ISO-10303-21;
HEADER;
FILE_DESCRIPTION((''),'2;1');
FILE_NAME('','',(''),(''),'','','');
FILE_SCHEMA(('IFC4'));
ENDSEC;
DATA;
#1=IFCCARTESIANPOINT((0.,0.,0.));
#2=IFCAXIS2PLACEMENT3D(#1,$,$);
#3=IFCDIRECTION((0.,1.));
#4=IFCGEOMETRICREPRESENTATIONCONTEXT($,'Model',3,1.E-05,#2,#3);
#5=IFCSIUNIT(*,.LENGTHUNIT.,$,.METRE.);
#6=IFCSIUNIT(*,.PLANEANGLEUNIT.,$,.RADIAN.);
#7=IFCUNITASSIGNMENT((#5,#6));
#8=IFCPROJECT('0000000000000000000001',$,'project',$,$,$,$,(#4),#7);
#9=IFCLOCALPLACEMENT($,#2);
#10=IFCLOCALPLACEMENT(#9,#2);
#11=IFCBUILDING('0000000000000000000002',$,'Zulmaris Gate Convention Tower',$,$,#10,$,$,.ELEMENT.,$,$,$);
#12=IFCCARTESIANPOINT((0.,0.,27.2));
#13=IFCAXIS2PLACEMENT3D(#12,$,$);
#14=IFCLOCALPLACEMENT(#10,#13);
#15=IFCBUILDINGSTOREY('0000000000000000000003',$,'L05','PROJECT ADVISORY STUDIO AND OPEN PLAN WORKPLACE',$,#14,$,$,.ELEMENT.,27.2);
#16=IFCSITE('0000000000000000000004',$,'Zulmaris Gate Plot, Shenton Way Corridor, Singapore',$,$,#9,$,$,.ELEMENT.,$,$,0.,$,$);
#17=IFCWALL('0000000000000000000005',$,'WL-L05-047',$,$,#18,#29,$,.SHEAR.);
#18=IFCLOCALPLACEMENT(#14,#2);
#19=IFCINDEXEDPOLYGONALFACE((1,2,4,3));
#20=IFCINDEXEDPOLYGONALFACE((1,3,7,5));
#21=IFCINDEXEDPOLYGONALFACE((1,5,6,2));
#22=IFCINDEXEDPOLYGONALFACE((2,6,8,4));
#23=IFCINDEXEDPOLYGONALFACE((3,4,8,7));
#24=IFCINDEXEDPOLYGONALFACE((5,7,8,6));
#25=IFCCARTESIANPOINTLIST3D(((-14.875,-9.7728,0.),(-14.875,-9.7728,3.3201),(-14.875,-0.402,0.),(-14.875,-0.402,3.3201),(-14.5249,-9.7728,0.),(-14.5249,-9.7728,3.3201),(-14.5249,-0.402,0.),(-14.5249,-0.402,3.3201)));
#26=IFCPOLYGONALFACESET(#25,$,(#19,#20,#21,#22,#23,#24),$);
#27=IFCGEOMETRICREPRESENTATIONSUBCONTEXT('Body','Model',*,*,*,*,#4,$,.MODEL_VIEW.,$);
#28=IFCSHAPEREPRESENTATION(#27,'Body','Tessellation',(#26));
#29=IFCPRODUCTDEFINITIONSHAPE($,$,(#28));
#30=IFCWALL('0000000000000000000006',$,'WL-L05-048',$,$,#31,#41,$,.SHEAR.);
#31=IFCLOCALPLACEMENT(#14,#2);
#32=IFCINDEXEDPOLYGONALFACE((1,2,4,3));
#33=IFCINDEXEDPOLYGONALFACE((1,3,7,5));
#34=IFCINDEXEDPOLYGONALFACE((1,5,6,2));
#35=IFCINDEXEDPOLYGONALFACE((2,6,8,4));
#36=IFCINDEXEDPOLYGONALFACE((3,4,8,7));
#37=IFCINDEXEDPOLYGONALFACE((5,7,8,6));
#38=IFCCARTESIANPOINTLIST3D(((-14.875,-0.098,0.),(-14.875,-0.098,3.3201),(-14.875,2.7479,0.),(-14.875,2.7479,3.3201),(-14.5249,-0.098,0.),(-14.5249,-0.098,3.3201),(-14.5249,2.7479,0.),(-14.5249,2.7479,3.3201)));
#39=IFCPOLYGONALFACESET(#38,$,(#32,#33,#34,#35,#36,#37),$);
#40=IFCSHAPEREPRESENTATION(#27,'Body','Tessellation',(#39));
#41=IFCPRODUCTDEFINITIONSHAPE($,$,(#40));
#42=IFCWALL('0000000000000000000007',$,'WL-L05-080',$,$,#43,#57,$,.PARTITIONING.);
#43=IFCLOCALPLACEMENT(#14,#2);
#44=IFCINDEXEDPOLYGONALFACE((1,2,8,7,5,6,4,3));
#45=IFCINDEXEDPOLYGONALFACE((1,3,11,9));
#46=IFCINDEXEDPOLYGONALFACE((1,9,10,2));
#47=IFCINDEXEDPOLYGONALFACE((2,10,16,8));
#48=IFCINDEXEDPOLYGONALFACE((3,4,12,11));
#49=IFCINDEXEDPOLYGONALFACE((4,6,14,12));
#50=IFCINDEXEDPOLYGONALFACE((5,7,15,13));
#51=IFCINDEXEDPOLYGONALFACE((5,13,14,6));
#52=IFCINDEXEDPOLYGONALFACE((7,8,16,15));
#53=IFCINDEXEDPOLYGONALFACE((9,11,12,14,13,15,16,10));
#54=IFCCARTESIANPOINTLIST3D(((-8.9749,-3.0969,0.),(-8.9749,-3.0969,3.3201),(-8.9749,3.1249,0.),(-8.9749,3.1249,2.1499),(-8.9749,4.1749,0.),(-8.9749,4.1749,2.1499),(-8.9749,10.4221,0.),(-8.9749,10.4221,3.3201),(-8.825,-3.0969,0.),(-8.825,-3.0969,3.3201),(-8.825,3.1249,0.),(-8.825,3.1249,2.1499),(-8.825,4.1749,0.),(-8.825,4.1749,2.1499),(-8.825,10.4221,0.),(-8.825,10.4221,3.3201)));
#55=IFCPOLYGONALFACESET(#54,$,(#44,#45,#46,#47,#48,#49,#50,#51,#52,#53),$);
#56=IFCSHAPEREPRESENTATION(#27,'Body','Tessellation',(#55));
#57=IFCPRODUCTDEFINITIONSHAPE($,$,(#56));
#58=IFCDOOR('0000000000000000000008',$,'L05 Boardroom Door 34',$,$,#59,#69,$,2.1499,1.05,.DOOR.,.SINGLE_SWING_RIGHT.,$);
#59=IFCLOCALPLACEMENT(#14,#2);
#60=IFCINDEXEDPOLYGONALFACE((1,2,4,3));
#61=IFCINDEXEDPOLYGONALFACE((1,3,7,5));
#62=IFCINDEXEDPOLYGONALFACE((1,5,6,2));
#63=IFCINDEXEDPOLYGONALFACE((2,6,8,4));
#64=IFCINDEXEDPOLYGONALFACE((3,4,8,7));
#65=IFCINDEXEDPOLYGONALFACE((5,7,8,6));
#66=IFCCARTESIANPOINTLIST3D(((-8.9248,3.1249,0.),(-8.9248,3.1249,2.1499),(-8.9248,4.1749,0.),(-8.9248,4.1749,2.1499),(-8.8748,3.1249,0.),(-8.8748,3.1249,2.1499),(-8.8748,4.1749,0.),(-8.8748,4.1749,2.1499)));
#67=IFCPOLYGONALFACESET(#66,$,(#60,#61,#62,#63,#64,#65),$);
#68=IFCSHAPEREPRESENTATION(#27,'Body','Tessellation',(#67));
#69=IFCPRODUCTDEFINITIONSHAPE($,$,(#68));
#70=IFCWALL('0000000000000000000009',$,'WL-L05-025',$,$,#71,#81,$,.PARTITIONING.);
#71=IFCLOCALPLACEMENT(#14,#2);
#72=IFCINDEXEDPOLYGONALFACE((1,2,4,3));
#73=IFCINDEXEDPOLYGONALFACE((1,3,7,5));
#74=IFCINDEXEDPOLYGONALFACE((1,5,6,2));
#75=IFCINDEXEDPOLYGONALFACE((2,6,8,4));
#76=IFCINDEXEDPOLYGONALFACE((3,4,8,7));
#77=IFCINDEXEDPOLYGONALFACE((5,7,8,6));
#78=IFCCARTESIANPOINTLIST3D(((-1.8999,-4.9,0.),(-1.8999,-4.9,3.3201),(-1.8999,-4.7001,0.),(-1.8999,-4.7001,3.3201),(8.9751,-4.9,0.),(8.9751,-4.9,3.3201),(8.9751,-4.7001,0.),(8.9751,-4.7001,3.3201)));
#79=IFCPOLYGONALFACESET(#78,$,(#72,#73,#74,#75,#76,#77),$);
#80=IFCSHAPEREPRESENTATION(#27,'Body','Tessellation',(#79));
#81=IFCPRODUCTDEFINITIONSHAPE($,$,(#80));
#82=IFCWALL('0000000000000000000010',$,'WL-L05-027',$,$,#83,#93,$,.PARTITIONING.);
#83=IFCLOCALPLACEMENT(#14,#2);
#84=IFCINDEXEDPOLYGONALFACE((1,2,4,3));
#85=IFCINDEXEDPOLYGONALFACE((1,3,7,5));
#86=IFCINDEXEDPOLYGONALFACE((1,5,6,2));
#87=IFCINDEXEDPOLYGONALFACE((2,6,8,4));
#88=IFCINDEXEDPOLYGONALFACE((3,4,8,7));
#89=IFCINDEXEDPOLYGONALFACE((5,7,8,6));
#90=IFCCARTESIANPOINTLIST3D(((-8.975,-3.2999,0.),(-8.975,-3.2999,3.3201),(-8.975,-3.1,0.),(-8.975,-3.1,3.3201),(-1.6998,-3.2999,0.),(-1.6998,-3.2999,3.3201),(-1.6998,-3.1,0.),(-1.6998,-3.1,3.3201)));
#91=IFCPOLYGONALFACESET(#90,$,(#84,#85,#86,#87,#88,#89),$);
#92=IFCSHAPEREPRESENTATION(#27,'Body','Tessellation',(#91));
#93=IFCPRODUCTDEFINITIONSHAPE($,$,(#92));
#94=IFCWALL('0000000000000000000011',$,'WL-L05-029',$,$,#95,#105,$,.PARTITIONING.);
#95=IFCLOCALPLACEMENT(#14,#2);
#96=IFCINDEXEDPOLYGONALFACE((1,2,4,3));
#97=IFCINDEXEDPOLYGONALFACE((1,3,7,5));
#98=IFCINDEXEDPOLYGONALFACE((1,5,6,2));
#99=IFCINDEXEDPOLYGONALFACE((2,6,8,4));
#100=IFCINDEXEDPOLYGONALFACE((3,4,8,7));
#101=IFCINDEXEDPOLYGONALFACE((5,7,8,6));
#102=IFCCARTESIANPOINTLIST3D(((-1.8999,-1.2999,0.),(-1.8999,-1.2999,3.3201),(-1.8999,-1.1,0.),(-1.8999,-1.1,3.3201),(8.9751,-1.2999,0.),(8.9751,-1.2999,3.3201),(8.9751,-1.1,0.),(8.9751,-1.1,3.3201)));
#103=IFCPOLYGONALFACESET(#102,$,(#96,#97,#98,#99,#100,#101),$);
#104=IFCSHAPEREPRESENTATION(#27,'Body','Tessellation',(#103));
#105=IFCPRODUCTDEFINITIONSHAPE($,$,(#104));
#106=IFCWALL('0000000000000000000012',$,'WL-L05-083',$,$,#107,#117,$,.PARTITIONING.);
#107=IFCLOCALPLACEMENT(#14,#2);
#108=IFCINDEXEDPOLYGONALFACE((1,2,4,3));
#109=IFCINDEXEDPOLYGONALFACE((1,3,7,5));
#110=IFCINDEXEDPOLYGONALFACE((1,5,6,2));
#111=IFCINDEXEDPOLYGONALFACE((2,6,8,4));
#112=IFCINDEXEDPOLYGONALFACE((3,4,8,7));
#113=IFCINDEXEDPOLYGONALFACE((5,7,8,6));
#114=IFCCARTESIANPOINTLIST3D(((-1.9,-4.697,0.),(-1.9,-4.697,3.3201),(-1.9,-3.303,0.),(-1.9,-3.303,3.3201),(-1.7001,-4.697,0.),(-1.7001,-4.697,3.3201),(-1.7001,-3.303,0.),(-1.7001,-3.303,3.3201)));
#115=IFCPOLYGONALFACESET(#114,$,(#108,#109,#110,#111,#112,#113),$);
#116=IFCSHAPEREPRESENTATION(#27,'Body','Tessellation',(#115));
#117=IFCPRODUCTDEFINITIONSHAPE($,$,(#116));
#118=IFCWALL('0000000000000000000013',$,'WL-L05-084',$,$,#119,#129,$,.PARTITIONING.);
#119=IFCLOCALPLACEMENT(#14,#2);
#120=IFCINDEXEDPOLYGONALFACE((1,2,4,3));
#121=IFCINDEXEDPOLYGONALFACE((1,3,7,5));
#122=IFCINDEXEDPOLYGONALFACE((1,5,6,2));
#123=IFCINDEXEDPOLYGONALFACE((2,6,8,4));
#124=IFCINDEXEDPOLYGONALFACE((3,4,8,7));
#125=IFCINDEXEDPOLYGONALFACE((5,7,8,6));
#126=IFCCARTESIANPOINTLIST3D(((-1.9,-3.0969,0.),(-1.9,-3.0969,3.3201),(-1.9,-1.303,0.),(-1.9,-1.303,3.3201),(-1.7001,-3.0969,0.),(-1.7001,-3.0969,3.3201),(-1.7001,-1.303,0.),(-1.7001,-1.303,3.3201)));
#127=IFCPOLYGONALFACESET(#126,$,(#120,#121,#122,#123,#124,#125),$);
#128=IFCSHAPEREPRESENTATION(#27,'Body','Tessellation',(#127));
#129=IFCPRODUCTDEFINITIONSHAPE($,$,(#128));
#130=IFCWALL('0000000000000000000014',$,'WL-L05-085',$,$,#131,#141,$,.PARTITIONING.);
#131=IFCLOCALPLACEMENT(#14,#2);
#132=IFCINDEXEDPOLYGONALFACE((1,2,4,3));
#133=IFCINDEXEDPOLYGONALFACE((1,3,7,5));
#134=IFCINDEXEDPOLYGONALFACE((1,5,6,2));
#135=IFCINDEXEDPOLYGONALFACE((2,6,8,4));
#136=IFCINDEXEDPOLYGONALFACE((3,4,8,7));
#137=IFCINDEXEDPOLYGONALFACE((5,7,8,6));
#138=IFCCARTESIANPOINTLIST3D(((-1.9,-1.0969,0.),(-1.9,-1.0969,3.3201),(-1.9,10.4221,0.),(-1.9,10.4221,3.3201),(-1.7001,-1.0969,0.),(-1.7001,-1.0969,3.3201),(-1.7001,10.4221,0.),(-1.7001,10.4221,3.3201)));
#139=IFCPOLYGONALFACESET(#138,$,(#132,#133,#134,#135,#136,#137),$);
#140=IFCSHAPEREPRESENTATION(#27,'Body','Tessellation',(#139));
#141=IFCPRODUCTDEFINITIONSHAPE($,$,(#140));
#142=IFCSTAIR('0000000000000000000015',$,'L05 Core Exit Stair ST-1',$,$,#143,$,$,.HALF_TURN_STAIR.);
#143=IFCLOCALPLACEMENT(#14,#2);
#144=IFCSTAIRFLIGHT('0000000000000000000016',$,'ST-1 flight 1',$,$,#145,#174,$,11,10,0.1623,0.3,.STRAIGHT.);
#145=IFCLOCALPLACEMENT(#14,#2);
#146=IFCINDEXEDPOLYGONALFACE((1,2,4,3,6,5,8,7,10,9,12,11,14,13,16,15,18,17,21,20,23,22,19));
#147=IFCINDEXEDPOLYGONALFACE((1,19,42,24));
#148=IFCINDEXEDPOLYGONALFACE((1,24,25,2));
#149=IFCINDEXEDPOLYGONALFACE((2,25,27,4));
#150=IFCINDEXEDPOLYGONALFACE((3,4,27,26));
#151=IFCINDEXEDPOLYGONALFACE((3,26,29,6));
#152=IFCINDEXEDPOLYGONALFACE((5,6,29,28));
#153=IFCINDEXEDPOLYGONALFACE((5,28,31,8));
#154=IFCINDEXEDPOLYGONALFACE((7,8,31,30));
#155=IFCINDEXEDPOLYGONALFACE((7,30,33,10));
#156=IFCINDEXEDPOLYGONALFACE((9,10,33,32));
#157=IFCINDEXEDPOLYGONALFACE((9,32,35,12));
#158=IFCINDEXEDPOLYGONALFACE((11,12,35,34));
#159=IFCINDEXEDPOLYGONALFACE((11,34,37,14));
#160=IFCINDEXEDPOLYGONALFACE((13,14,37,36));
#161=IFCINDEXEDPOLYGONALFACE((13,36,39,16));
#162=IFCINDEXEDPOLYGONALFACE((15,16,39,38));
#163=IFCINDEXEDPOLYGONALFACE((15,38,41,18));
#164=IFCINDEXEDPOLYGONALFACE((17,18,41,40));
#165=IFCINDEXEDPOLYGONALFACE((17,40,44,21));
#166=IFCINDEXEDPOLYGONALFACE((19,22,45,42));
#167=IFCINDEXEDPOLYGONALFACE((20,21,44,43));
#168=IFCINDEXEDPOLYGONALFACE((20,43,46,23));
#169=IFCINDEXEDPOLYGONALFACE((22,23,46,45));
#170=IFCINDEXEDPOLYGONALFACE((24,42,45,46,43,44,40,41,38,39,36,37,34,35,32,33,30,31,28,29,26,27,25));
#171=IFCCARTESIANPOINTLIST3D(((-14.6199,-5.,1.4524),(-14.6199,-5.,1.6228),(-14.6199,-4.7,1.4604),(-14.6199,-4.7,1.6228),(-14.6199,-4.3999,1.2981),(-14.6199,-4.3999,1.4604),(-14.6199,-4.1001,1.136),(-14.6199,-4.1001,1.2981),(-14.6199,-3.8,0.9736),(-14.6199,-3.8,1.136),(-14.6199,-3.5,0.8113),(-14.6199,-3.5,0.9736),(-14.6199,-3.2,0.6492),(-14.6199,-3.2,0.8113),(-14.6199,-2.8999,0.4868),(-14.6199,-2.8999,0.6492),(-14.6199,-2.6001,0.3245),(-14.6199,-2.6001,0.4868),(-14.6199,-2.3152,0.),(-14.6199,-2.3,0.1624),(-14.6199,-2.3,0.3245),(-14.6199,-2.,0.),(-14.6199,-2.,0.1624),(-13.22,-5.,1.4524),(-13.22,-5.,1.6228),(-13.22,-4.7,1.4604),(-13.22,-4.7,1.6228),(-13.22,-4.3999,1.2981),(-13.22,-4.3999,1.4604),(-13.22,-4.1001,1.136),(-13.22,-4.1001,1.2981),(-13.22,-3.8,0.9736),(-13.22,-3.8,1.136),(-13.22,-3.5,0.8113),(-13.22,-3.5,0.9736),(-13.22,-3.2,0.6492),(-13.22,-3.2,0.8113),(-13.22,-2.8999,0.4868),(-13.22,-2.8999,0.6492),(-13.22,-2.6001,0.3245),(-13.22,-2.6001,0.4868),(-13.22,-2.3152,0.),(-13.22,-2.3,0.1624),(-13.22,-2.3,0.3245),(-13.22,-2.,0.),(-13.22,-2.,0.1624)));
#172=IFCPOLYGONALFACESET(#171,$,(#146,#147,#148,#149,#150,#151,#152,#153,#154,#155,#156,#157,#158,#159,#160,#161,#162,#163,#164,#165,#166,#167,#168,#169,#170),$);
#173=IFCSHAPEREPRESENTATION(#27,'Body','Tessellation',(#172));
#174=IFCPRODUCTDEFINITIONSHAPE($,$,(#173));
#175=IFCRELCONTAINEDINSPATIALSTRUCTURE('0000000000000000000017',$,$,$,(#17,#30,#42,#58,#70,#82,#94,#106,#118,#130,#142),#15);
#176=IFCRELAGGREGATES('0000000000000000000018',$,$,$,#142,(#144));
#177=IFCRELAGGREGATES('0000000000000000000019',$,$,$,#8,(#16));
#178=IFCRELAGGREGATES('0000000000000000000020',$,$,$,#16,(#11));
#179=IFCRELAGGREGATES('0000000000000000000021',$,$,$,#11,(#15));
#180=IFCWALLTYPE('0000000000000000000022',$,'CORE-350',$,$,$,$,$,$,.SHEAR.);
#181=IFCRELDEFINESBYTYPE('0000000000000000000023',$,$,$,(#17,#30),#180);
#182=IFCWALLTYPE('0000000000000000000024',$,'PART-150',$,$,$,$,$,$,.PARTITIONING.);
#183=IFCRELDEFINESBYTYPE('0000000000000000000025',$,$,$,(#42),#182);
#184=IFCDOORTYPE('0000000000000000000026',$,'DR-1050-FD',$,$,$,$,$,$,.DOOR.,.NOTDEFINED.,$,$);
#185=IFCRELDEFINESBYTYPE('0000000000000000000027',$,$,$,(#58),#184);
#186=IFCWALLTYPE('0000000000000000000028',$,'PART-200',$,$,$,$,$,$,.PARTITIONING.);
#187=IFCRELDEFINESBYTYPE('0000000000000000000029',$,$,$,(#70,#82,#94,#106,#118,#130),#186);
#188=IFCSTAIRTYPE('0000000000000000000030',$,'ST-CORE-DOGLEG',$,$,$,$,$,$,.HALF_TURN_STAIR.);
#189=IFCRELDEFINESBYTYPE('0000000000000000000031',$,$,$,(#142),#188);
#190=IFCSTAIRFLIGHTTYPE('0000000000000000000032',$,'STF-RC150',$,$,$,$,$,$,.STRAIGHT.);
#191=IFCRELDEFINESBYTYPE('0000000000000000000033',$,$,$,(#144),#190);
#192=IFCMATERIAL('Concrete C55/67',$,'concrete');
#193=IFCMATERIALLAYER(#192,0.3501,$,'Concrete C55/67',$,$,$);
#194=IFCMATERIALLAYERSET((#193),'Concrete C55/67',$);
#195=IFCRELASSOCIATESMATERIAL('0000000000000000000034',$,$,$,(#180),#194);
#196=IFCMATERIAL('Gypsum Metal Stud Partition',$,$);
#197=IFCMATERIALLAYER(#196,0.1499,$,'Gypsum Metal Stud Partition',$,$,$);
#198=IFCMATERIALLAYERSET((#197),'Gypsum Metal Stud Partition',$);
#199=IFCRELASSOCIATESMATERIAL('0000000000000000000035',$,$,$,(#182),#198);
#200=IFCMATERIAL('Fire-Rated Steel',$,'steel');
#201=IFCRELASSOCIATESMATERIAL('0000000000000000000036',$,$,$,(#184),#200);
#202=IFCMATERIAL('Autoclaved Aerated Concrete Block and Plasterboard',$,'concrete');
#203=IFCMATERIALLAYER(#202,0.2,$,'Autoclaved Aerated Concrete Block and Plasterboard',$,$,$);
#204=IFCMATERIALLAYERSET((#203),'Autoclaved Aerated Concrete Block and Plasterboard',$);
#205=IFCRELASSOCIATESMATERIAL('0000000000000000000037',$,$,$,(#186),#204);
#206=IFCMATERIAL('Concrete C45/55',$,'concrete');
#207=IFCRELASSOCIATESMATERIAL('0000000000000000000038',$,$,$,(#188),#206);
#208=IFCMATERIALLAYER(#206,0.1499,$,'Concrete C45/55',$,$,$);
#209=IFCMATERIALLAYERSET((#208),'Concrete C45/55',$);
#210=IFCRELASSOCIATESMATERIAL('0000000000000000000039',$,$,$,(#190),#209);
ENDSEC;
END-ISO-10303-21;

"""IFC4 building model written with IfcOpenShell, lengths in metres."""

from ifc_helpers import new_model, si_unit, direction, frame, frame_2d, origin, place, context, subcontext, project, spatial, polyline, rectangle, outline, extrude, material, layer, layer_set, type_object, element, fill, aggregate, save


model = new_model("IFC4")

# Units and contexts
model_context = context("Model", 3, precision=1e-05, world=origin(), true_north=direction((0.0, 1.0)))
body_context = subcontext(model_context, "Body", "Model", "MODEL_VIEW")
ifc_project = project(units=[si_unit("LENGTHUNIT", "METRE"), si_unit("PLANEANGLEUNIT", "RADIAN")], contexts=[model_context])

# Site, building, storey
site_placement = place(None, origin())
site = spatial("IfcSite", under=ifc_project, at=site_placement, Name="Zulmaris Gate Plot, Shenton Way Corridor, Singapore", CompositionType="ELEMENT", RefElevation=0.0)
building_placement = place(site_placement, origin())
building = spatial("IfcBuilding", under=site, at=building_placement, Name="Zulmaris Gate Convention Tower", CompositionType="ELEMENT")
storey_placement = place(building_placement, frame((0.0, 0.0, 27.2)))
storey = spatial("IfcBuildingStorey", under=building, at=storey_placement, Name="L05", Description="PROJECT ADVISORY STUDIO AND OPEN PLAN WORKPLACE", CompositionType="ELEMENT", Elevation=27.2)

# Walls
ifc_material_1 = material(Name="Concrete C55/67", Category="concrete")
ifc_layer_1 = layer(ifc_material_1, 0.3501, Name="Concrete C55/67")
ifc_layer_set_1 = layer_set([ifc_layer_1], Name="Concrete C55/67")
wall_type_1 = type_object("IfcWallType", Name="CORE-350", PredefinedType="SHEAR", material=ifc_layer_set_1)
wall_1_placement = place(storey_placement, frame((-14.7, -9.7729, 0.0), z_axis=(0.0, 0.0, 1.0), x_axis=(0.0, 1.0, 0.0)))
element("IfcWall", 1, at=wall_1_placement, inside=storey, type_object=wall_type_1, Name="WL-L05-047", PredefinedType="SHEAR", context=body_context, shape_type="SweptSolid", body=[
    extrude(rectangle(XDim=9.3708, YDim=0.3501, at=frame_2d((4.6855, 0.0))), origin(), (0.0, 0.0, 1.0), 3.3201),
])
wall_2_placement = place(storey_placement, frame((-14.7, -0.0979, 0.0), z_axis=(0.0, 0.0, 1.0), x_axis=(0.0, 1.0, 0.0)))
element("IfcWall", 2, at=wall_2_placement, inside=storey, type_object=wall_type_1, Name="WL-L05-048", PredefinedType="SHEAR", context=body_context, shape_type="SweptSolid", body=[
    extrude(rectangle(XDim=2.8459, YDim=0.3501, at=frame_2d((1.4229, 0.0))), origin(), (0.0, 0.0, 1.0), 3.3201),
])

# Wall, opening, door
ifc_material_2 = material(Name="Gypsum Metal Stud Partition")
ifc_layer_2 = layer(ifc_material_2, 0.1499, Name="Gypsum Metal Stud Partition")
ifc_layer_set_2 = layer_set([ifc_layer_2], Name="Gypsum Metal Stud Partition")
wall_type_2 = type_object("IfcWallType", Name="PART-150", PredefinedType="PARTITIONING", material=ifc_layer_set_2)
wall_3_placement = place(storey_placement, frame((-8.8999, -3.0969, 0.0), z_axis=(0.0, 0.0, 1.0), x_axis=(0.0, 1.0, 0.0)))
wall_3 = element("IfcWall", 3, at=wall_3_placement, inside=storey, type_object=wall_type_2, Name="WL-L05-080", PredefinedType="PARTITIONING", context=body_context, shape_type="SweptSolid", body=[
    extrude(rectangle(XDim=13.519, YDim=0.1499, at=frame_2d((6.7595, 0.0))), origin(), (0.0, 0.0, 1.0), 3.3201),
])
opening_placement = place(wall_3_placement, frame((6.2219, 0.0, 0.0)))
opening = element("IfcOpeningElement", 4, at=opening_placement, cuts=wall_3, PredefinedType="OPENING", context=body_context, shape_type="SweptSolid", body=[
    extrude(rectangle(XDim=1.05, YDim=2.1499, at=frame_2d((0.5249, 1.075))), frame((0.0, 0.085, 0.0), z_axis=(0.0, -1.0, 0.0), x_axis=(1.0, 0.0, 0.0)), (0.0, 0.0, 1.0), 0.1699),
])
ifc_material_3 = material(Name="Fire-Rated Steel", Category="steel")
door_type = type_object("IfcDoorType", Name="DR-1050-FD", OperationType="NOTDEFINED", PredefinedType="DOOR", material=ifc_material_3)
door_placement = place(opening_placement, origin())
door = element("IfcDoor", 5, at=door_placement, inside=storey, type_object=door_type, Name="L05 Boardroom Door 34", OperationType="SINGLE_SWING_RIGHT", OverallHeight=2.1499, OverallWidth=1.05, PredefinedType="DOOR", context=body_context, shape_type="SweptSolid", body=[
    extrude(rectangle(XDim=1.05, YDim=2.1499, at=frame_2d((0.5249, 1.075))), frame((0.0, 0.0249, 0.0), z_axis=(0.0, -1.0, 0.0), x_axis=(1.0, 0.0, 0.0)), (0.0, 0.0, 1.0), 0.05),
])
fill(opening, door)

# Walls
ifc_material_4 = material(Name="Autoclaved Aerated Concrete Block and Plasterboard", Category="concrete")
ifc_layer_3 = layer(ifc_material_4, 0.2, Name="Autoclaved Aerated Concrete Block and Plasterboard")
ifc_layer_set_3 = layer_set([ifc_layer_3], Name="Autoclaved Aerated Concrete Block and Plasterboard")
wall_type_3 = type_object("IfcWallType", Name="PART-200", PredefinedType="PARTITIONING", material=ifc_layer_set_3)
wall_4_placement = place(storey_placement, frame((-1.8999, -4.8, 0.0), z_axis=(0.0, 0.0, 1.0), x_axis=(1.0, 0.0, 0.0)))
element("IfcWall", 6, at=wall_4_placement, inside=storey, type_object=wall_type_3, Name="WL-L05-025", PredefinedType="PARTITIONING", context=body_context, shape_type="SweptSolid", body=[
    extrude(rectangle(XDim=10.875, YDim=0.2, at=frame_2d((5.4375, 0.0))), origin(), (0.0, 0.0, 1.0), 3.3201),
])
wall_5_placement = place(storey_placement, frame((-8.9751, -3.2, 0.0), z_axis=(0.0, 0.0, 1.0), x_axis=(1.0, 0.0, 0.0)))
element("IfcWall", 7, at=wall_5_placement, inside=storey, type_object=wall_type_3, Name="WL-L05-027", PredefinedType="PARTITIONING", context=body_context, shape_type="SweptSolid", body=[
    extrude(rectangle(XDim=7.2751, YDim=0.2, at=frame_2d((3.6377, 0.0))), origin(), (0.0, 0.0, 1.0), 3.3201),
])
wall_6_placement = place(storey_placement, frame((-1.8999, -1.2, 0.0), z_axis=(0.0, 0.0, 1.0), x_axis=(1.0, 0.0, 0.0)))
element("IfcWall", 8, at=wall_6_placement, inside=storey, type_object=wall_type_3, Name="WL-L05-029", PredefinedType="PARTITIONING", context=body_context, shape_type="SweptSolid", body=[
    extrude(rectangle(XDim=10.875, YDim=0.2, at=frame_2d((5.4375, 0.0))), origin(), (0.0, 0.0, 1.0), 3.3201),
])
wall_7_placement = place(storey_placement, frame((-1.8, -4.697, 0.0), z_axis=(0.0, 0.0, 1.0), x_axis=(0.0, 1.0, 0.0)))
element("IfcWall", 9, at=wall_7_placement, inside=storey, type_object=wall_type_3, Name="WL-L05-083", PredefinedType="PARTITIONING", context=body_context, shape_type="SweptSolid", body=[
    extrude(rectangle(XDim=1.394, YDim=0.2, at=frame_2d((0.697, 0.0))), origin(), (0.0, 0.0, 1.0), 3.3201),
])
wall_8_placement = place(storey_placement, frame((-1.8, -3.0969, 0.0), z_axis=(0.0, 0.0, 1.0), x_axis=(0.0, 1.0, 0.0)))
element("IfcWall", 10, at=wall_8_placement, inside=storey, type_object=wall_type_3, Name="WL-L05-084", PredefinedType="PARTITIONING", context=body_context, shape_type="SweptSolid", body=[
    extrude(rectangle(XDim=1.7939, YDim=0.2, at=frame_2d((0.897, 0.0))), origin(), (0.0, 0.0, 1.0), 3.3201),
])
wall_9_placement = place(storey_placement, frame((-1.8, -1.0969, 0.0), z_axis=(0.0, 0.0, 1.0), x_axis=(0.0, 1.0, 0.0)))
element("IfcWall", 11, at=wall_9_placement, inside=storey, type_object=wall_type_3, Name="WL-L05-085", PredefinedType="PARTITIONING", context=body_context, shape_type="SweptSolid", body=[
    extrude(rectangle(XDim=11.519, YDim=0.2, at=frame_2d((5.7595, 0.0))), origin(), (0.0, 0.0, 1.0), 3.3201),
])

# Stair, stair flight
ifc_material_5 = material(Name="Concrete C45/55", Category="concrete")
stair_type = type_object("IfcStairType", Name="ST-CORE-DOGLEG", PredefinedType="HALF_TURN_STAIR", material=ifc_material_5)
stair_placement = place(storey_placement, origin())
stair = element("IfcStair", 12, at=stair_placement, inside=storey, type_object=stair_type, Name="L05 Core Exit Stair ST-1", PredefinedType="HALF_TURN_STAIR")
ifc_layer_4 = layer(ifc_material_5, 0.1499, Name="Concrete C45/55")
ifc_layer_set_4 = layer_set([ifc_layer_4], Name="Concrete C45/55")
stair_flight_type = type_object("IfcStairFlightType", Name="STF-RC150", PredefinedType="STRAIGHT", material=ifc_layer_set_4)
stair_flight_1_placement = place(storey_placement, frame((-13.9199, -2.0, 0.0), z_axis=(0.0, 0.0, 1.0), x_axis=(0.0, -1.0, 0.0)))
stair_flight_1 = element("IfcStairFlight", 13, at=stair_flight_1_placement, type_object=stair_flight_type, Name="ST-1 flight 1", NumberOfRisers=11, NumberOfTreads=10, PredefinedType="STRAIGHT", RiserHeight=0.1623, TreadLength=0.3, context=body_context, shape_type="SweptSolid", body=[
    extrude(outline(polyline([(0.0, 0.0), (0.0, 0.1624), (0.3, 0.1624), (0.3, 0.3245), (0.6001, 0.3245), (0.6001, 0.4868), (0.8999, 0.4868), (0.8999, 0.6492), (1.2, 0.6492), (1.2, 0.8113), (1.5, 0.8113), (1.5, 0.9736), (1.8, 0.9736), (1.8, 1.136), (2.1001, 1.136), (2.1001, 1.2981), (2.3999, 1.2981), (2.3999, 1.4604), (2.7, 1.4604), (2.7, 1.6228), (3.0, 1.6228), (3.0, 1.7849), (3.0, 1.4524), (0.3152, 0.0), (0.0, 0.0)])), frame((0.0, 0.7, 0.0), z_axis=(0.0, -1.0, 0.0), x_axis=(1.0, 0.0, 0.0)), (0.0, 0.0, 1.0), 1.3999),
])
aggregate(stair, [stair_flight_1])

save(model, "model.ifc")
